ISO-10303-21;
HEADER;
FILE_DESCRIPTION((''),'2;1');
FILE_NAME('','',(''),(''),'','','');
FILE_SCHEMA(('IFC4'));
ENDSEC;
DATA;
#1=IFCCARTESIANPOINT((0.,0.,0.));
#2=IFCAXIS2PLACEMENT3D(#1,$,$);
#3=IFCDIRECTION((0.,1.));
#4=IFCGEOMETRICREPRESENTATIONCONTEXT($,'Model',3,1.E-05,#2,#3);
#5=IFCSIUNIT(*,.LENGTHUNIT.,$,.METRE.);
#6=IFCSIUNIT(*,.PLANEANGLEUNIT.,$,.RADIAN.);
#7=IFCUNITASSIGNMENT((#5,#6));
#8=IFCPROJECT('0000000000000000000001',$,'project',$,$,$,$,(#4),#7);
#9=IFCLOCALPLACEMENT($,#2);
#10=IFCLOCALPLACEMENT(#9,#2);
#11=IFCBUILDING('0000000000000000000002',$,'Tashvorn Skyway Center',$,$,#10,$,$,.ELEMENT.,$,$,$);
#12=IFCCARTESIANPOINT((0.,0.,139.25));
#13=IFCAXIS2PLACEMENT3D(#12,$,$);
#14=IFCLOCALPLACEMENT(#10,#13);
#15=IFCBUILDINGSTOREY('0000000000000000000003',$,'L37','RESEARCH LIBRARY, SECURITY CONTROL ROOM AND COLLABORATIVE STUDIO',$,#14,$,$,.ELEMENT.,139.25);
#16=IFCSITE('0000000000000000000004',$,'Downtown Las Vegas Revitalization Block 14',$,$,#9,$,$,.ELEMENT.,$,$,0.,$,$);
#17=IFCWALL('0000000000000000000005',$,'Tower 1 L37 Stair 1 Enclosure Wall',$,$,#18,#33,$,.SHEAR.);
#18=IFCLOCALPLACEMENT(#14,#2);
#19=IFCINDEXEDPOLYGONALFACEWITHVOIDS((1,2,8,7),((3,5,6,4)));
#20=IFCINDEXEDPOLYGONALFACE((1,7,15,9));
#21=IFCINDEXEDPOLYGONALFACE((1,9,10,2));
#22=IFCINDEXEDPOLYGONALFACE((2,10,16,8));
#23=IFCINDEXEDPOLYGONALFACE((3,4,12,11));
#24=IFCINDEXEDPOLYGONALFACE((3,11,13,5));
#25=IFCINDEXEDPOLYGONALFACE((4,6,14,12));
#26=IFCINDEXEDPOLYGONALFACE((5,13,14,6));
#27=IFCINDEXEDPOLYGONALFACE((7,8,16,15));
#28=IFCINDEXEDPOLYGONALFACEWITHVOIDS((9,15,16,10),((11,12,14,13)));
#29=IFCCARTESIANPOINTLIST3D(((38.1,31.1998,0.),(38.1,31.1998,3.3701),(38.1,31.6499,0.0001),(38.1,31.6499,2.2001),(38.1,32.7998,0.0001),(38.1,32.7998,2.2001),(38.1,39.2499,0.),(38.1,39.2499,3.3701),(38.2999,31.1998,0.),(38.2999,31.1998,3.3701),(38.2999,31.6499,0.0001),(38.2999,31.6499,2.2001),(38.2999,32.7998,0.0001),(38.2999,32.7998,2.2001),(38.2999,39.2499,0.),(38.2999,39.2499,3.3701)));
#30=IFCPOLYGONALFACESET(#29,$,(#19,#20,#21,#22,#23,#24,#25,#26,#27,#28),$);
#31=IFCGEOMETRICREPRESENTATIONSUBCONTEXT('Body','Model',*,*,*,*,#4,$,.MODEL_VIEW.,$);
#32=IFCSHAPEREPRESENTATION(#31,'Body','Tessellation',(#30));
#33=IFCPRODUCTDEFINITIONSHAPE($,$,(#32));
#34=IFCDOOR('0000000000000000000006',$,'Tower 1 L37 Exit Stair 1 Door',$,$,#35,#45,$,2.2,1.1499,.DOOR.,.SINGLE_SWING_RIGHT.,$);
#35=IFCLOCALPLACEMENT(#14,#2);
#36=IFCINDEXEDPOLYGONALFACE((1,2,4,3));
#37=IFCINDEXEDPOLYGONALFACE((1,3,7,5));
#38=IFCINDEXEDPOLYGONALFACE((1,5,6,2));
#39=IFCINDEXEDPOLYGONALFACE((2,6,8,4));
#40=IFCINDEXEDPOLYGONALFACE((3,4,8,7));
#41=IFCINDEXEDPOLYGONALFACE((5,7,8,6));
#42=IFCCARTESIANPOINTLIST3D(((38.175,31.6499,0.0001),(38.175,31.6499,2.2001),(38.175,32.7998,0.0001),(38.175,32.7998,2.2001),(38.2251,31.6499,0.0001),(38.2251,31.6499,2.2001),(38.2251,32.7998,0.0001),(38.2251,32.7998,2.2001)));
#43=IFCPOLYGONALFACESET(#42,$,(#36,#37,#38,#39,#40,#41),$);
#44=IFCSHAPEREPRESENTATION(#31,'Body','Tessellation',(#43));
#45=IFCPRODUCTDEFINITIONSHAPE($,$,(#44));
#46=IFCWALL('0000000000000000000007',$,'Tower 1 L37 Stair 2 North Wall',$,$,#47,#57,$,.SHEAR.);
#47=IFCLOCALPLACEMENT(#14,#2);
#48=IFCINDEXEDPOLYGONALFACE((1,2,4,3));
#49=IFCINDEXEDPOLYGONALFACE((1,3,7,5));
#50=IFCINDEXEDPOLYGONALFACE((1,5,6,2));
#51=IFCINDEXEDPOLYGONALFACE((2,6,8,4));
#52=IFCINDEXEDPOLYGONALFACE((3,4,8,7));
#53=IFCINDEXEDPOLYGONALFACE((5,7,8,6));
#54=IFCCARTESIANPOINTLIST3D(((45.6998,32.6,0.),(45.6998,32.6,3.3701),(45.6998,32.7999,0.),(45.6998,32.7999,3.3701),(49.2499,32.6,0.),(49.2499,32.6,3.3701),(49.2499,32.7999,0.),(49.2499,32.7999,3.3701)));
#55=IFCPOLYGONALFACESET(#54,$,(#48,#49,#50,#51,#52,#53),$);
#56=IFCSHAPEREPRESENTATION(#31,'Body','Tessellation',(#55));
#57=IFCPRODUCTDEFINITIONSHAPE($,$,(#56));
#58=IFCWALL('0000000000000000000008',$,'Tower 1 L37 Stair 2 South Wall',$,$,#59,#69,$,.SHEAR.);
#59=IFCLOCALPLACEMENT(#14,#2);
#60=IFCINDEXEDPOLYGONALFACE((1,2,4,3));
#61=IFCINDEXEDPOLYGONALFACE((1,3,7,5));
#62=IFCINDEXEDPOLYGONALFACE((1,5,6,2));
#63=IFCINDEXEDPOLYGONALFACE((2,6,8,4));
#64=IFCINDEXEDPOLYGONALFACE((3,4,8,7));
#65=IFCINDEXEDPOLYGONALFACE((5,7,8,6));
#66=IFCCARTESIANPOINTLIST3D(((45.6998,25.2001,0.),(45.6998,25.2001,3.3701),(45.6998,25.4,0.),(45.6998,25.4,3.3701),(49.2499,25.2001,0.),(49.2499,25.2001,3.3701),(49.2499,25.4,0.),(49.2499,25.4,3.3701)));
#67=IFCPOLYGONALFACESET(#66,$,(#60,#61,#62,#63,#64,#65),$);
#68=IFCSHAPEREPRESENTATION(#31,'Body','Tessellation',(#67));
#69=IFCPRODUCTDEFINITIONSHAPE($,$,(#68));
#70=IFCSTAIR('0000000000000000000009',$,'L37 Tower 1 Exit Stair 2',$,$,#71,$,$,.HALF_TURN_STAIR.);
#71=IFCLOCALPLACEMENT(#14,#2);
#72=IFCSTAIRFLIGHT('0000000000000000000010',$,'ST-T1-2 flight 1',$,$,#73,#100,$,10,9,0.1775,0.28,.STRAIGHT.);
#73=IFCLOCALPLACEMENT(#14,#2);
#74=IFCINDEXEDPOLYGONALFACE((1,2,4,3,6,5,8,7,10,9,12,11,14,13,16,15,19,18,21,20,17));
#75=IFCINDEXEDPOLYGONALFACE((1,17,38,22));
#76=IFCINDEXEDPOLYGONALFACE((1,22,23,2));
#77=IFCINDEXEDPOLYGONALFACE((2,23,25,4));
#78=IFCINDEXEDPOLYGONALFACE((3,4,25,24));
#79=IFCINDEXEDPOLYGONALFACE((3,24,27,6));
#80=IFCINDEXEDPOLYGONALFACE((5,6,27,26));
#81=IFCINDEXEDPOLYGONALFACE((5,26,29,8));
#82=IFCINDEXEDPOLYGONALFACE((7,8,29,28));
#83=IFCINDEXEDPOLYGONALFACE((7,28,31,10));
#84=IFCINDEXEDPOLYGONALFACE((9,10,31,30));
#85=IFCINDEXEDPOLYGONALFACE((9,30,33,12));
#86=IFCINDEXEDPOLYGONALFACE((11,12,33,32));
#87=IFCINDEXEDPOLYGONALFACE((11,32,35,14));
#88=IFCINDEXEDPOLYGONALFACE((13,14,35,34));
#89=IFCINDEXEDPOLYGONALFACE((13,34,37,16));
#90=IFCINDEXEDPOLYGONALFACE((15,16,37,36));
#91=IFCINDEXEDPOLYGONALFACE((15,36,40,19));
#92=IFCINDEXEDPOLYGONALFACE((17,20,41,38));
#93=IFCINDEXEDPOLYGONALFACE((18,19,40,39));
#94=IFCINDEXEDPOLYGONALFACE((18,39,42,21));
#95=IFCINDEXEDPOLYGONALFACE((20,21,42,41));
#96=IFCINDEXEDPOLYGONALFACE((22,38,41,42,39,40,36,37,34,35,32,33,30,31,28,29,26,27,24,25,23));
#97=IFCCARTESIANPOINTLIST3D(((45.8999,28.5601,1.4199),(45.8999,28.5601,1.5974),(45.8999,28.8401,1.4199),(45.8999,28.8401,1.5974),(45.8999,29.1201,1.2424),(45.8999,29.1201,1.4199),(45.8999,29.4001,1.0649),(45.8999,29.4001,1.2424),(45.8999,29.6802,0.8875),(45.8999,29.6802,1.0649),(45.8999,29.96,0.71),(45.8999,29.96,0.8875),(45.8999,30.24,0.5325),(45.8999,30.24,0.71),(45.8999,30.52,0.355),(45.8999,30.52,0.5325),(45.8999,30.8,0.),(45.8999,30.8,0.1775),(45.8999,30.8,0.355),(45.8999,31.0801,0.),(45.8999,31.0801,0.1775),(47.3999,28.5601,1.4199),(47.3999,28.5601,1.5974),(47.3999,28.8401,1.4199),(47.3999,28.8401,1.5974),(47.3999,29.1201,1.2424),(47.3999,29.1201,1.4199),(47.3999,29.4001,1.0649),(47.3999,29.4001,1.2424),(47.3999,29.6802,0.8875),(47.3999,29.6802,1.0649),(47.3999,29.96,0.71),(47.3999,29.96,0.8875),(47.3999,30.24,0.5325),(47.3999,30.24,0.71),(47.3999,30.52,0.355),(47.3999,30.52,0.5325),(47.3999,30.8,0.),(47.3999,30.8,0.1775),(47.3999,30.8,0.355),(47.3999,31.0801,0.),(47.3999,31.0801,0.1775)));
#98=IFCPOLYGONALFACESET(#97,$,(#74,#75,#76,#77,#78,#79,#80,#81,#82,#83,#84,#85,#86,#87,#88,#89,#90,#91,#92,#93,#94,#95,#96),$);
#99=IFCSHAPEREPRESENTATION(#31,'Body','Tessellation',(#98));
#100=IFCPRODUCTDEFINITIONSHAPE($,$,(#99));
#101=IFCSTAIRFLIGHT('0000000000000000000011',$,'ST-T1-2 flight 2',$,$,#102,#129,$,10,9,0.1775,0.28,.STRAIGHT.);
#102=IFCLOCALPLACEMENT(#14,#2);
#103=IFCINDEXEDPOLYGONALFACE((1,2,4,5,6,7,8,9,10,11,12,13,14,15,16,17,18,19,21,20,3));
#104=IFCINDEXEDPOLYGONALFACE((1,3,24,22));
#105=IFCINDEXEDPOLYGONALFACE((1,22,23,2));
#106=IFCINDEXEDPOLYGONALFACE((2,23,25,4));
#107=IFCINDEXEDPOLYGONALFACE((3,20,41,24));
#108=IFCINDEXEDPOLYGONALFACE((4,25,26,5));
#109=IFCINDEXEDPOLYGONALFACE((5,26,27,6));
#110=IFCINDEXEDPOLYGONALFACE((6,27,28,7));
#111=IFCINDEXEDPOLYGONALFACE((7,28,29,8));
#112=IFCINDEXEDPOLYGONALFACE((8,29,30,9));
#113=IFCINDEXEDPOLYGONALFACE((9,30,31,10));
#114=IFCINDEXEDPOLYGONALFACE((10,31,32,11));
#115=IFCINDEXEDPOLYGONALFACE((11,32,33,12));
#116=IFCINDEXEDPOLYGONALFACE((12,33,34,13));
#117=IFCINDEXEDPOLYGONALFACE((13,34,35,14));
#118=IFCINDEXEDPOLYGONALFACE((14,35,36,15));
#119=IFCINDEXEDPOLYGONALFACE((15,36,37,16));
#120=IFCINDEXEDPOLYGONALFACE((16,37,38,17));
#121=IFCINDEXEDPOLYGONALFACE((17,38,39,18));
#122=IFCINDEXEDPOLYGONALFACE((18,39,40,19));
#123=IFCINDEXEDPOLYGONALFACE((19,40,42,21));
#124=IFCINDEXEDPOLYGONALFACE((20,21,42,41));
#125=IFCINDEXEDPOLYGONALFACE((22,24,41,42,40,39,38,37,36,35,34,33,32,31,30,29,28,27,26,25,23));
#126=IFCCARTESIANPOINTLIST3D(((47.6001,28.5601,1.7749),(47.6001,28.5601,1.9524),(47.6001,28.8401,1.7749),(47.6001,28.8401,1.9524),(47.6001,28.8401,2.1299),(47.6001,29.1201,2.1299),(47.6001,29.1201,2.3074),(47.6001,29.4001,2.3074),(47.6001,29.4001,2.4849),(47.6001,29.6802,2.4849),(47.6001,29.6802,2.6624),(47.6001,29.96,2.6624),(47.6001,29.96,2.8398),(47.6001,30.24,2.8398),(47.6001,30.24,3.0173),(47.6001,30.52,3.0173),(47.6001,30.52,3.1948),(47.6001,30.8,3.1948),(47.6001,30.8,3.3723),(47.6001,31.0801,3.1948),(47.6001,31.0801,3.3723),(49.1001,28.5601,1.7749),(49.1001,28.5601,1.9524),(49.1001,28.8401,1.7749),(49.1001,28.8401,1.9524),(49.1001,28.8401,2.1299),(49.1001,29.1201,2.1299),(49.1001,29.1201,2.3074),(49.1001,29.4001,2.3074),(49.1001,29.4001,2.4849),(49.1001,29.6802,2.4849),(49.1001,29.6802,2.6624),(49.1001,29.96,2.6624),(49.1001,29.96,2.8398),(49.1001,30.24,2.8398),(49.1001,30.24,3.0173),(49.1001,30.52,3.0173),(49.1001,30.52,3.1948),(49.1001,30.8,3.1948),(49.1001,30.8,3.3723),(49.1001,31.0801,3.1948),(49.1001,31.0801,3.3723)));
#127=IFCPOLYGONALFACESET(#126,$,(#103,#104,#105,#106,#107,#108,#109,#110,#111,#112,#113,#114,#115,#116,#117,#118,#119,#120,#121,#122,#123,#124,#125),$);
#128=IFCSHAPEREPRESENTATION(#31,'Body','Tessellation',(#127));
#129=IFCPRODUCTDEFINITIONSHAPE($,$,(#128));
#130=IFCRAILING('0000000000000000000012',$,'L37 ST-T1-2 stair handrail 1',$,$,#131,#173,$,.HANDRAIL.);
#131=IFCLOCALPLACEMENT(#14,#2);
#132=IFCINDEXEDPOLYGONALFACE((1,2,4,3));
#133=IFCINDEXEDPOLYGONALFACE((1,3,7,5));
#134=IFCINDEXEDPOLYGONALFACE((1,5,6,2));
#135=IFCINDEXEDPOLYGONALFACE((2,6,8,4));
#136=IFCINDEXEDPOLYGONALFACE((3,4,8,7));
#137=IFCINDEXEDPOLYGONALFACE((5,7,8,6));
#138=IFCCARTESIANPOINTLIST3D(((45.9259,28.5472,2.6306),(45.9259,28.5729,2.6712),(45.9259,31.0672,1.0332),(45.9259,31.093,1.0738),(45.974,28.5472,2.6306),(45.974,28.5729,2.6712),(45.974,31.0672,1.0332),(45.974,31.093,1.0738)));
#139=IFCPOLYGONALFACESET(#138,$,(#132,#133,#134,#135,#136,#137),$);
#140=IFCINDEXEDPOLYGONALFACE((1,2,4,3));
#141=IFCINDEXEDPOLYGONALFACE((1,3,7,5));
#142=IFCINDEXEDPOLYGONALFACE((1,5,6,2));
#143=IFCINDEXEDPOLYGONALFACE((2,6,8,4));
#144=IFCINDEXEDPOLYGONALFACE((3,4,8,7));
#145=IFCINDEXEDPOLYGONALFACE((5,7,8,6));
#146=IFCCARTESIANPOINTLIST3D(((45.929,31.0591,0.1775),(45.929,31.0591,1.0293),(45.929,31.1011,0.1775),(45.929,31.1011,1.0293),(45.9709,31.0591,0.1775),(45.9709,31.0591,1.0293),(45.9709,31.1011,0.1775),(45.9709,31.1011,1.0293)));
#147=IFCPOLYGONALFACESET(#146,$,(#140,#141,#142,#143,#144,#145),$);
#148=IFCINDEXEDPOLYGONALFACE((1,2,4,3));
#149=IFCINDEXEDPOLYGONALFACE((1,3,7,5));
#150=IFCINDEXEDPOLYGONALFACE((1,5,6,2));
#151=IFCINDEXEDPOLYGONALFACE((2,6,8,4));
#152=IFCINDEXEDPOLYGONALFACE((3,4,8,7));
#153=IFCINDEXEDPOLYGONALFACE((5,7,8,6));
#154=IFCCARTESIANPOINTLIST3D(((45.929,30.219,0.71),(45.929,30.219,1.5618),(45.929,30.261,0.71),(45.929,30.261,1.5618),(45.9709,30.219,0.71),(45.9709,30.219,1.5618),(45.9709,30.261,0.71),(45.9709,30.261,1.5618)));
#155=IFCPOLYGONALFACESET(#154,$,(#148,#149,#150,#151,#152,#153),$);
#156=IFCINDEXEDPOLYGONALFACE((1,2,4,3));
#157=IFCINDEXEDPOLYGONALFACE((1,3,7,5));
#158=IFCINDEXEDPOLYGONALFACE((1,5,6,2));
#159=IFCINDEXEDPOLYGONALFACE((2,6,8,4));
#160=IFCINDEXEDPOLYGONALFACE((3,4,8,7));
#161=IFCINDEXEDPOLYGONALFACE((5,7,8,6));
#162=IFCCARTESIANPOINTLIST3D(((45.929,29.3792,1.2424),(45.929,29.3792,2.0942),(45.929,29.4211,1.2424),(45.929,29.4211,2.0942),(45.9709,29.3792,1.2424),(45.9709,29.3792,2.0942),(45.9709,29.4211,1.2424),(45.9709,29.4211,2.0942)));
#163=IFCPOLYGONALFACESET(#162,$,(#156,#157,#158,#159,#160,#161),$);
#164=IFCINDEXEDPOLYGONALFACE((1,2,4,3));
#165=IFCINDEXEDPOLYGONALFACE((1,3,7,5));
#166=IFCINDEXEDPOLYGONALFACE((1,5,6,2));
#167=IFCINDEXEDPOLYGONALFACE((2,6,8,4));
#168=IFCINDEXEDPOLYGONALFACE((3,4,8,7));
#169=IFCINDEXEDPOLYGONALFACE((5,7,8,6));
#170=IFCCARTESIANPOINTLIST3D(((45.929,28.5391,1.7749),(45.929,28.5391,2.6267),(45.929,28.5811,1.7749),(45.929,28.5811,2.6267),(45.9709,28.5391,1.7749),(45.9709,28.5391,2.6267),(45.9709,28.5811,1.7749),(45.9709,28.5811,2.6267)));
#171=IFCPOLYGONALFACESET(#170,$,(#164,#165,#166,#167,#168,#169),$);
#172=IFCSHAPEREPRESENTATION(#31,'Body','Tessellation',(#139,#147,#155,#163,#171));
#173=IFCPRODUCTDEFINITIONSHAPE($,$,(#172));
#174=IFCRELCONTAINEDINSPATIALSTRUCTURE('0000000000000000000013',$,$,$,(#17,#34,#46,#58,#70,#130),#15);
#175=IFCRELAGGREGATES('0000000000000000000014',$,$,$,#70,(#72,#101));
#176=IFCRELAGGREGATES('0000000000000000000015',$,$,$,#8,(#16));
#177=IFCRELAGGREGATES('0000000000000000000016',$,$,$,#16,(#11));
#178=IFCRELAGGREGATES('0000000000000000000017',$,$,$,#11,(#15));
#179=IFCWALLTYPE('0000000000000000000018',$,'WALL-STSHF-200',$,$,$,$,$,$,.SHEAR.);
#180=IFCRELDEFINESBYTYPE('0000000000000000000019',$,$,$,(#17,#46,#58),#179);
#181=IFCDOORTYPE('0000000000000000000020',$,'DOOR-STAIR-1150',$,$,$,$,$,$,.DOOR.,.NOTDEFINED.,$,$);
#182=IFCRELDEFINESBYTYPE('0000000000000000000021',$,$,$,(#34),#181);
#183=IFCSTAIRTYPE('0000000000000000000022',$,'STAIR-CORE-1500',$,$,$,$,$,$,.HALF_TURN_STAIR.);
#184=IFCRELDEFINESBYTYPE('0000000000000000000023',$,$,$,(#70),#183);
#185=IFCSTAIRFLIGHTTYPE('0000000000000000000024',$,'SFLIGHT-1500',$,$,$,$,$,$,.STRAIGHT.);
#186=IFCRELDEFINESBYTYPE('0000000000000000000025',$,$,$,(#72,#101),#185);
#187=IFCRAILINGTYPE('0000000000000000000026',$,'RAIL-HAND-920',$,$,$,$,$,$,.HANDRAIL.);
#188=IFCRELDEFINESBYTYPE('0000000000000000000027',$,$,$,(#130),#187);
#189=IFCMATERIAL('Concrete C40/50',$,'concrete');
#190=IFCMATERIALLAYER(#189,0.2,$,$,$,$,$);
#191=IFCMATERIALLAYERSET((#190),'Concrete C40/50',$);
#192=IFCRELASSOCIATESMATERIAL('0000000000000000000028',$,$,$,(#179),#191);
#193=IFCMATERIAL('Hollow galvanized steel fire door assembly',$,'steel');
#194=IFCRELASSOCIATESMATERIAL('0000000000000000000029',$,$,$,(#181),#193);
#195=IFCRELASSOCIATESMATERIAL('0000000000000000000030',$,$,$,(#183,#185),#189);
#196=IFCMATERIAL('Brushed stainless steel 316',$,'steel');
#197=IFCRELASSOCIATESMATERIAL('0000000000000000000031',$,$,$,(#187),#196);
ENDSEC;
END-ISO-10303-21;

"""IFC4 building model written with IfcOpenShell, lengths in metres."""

from ifc_helpers import new_model, si_unit, direction, frame, frame_2d, origin, origin_2d, place, context, subcontext, project, spatial, polyline, rectangle, outline, extrude, material, layer, layer_set, type_object, element, fill, aggregate, save


model = new_model("IFC4")

# Units and contexts
model_context = context("Model", 3, precision=1e-05, world=origin(), true_north=direction((0.0, 1.0)))
body_context = subcontext(model_context, "Body", "Model", "MODEL_VIEW")
ifc_project = project(units=[si_unit("LENGTHUNIT", "METRE"), si_unit("PLANEANGLEUNIT", "RADIAN")], contexts=[model_context])

# Site, building, storey
site_placement = place(None, origin())
site = spatial("IfcSite", under=ifc_project, at=site_placement, Name="Downtown Las Vegas Revitalization Block 14", CompositionType="ELEMENT", RefElevation=0.0)
building_placement = place(site_placement, origin())
building = spatial("IfcBuilding", under=site, at=building_placement, Name="Tashvorn Skyway Center", CompositionType="ELEMENT")
storey_placement = place(building_placement, frame((0.0, 0.0, 139.25)))
storey = spatial("IfcBuildingStorey", under=building, at=storey_placement, Name="L37", Description="RESEARCH LIBRARY, SECURITY CONTROL ROOM AND COLLABORATIVE STUDIO", CompositionType="ELEMENT", Elevation=139.25)

# Shared definitions
ifc_material_1 = material(Name="Concrete C40/50", Category="concrete")
ifc_material_2 = material(Name="Hollow galvanized steel fire door assembly", Category="steel")

# Wall, opening, door
ifc_layer_1 = layer(ifc_material_1, 0.2)
ifc_layer_set_1 = layer_set([ifc_layer_1], Name="Concrete C40/50")
wall_type_1 = type_object("IfcWallType", Name="WALL-STSHF-200", PredefinedType="SHEAR", material=ifc_layer_set_1)
wall_1_placement = place(storey_placement, frame((38.2, 31.2, 0.0), z_axis=(0.0, 0.0, 1.0), x_axis=(0.0, 1.0, 0.0)))
wall_1 = element("IfcWall", 1, at=wall_1_placement, inside=storey, type_object=wall_type_1, Name="Tower 1 L37 Stair 1 Enclosure Wall", PredefinedType="SHEAR", context=body_context, shape_type="SweptSolid", body=[
    extrude(rectangle(XDim=8.05, YDim=0.2, at=frame_2d((4.0249, 0.0))), origin(), (0.0, 0.0, 1.0), 3.3701),
])
opening_1_placement = place(wall_1_placement, frame((0.45, 0.0, 0.0)))
opening_1 = element("IfcOpeningElement", 2, at=opening_1_placement, cuts=wall_1, PredefinedType="OPENING", context=body_context, shape_type="SweptSolid", body=[
    extrude(rectangle(XDim=1.1499, YDim=2.2, at=frame_2d((0.575, 1.1001))), frame((0.0, 0.1099, 0.0), z_axis=(0.0, -1.0, 0.0), x_axis=(1.0, 0.0, 0.0)), (0.0, 0.0, 1.0), 0.22),
])
door_type_1 = type_object("IfcDoorType", Name="DOOR-STAIR-1150", OperationType="NOTDEFINED", PredefinedType="DOOR", material=ifc_material_2)
door_1_placement = place(opening_1_placement, origin())
door_1 = element("IfcDoor", 3, at=door_1_placement, inside=storey, type_object=door_type_1, Name="Tower 1 L37 Exit Stair 1 Door", OperationType="SINGLE_SWING_RIGHT", OverallHeight=2.2, OverallWidth=1.1499, PredefinedType="DOOR", context=body_context, shape_type="SweptSolid", body=[
    extrude(rectangle(XDim=1.1499, YDim=2.2, at=frame_2d((0.575, 1.1001))), frame((0.0, 0.0249, 0.0), z_axis=(0.0, -1.0, 0.0), x_axis=(1.0, 0.0, 0.0)), (0.0, 0.0, 1.0), 0.05),
])
fill(opening_1, door_1)

# Walls
for number, where, z_axis, x_axis, name in (
    (4, (45.7, 32.7, 0.0), (0.0, 0.0, 1.0), (1.0, 0.0, 0.0), "Tower 1 L37 Stair 2 North Wall"),
    (5, (45.7, 25.3, 0.0), (0.0, 0.0, 1.0), (1.0, 0.0, 0.0), "Tower 1 L37 Stair 2 South Wall"),
):
    element("IfcWall", number, at=place(storey_placement, frame(where, z_axis=z_axis, x_axis=x_axis)), inside=storey, type_object=wall_type_1, Name=name, PredefinedType="SHEAR", context=body_context, shape_type="SweptSolid", body=[
        extrude(rectangle(XDim=3.55, YDim=0.2, at=frame_2d((1.7749, 0.0))), origin(), (0.0, 0.0, 1.0), 3.3701),
    ])

# Stair, stair flights
stair_type = type_object("IfcStairType", Name="STAIR-CORE-1500", PredefinedType="HALF_TURN_STAIR", material=ifc_material_1)
stair_placement = place(storey_placement, origin())
stair = element("IfcStair", 6, at=stair_placement, inside=storey, type_object=stair_type, Name="L37 Tower 1 Exit Stair 2", PredefinedType="HALF_TURN_STAIR")
stair_flight_type = type_object("IfcStairFlightType", Name="SFLIGHT-1500", PredefinedType="STRAIGHT", material=ifc_material_1)
stair_flight_1_placement = place(storey_placement, frame((46.6499, 31.0801, 0.0), z_axis=(0.0, 0.0, 1.0), x_axis=(0.0, -1.0, 0.0)))
stair_flight_1 = element("IfcStairFlight", 7, at=stair_flight_1_placement, type_object=stair_flight_type, Name="ST-T1-2 flight 1", NumberOfRisers=10, NumberOfTreads=9, PredefinedType="STRAIGHT", RiserHeight=0.1775, TreadLength=0.28, context=body_context, shape_type="SweptSolid", body=[
    extrude(outline(polyline([(0.0, 0.0), (0.0, 0.1775), (0.28, 0.1775), (0.28, 0.355), (0.5601, 0.355), (0.5601, 0.5325), (0.8401, 0.5325), (0.8401, 0.71), (1.1201, 0.71), (1.1201, 0.8875), (1.3999, 0.8875), (1.3999, 1.0649), (1.6799, 1.0649), (1.6799, 1.2424), (1.96, 1.2424), (1.96, 1.4199), (2.24, 1.4199), (2.24, 1.5974), (2.52, 1.5974), (2.52, 1.7749), (2.52, 1.4199), (0.28, 0.0), (0.0, 0.0)])), frame((0.0, 0.75, 0.0), z_axis=(0.0, -1.0, 0.0), x_axis=(1.0, 0.0, 0.0)), (0.0, 0.0, 1.0), 1.5),
])
stair_flight_2_placement = place(storey_placement, frame((48.3501, 28.5601, 1.7749), z_axis=(0.0, 0.0, 1.0), x_axis=(0.0, 1.0, 0.0)))
stair_flight_2 = element("IfcStairFlight", 8, at=stair_flight_2_placement, type_object=stair_flight_type, Name="ST-T1-2 flight 2", NumberOfRisers=10, NumberOfTreads=9, PredefinedType="STRAIGHT", RiserHeight=0.1775, TreadLength=0.28, context=body_context, shape_type="SweptSolid", body=[
    extrude(outline(polyline([(0.0, 0.0), (0.0, 0.1775), (0.28, 0.1775), (0.28, 0.355), (0.5601, 0.355), (0.5601, 0.5325), (0.8401, 0.5325), (0.8401, 0.71), (1.1201, 0.71), (1.1201, 0.8875), (1.3999, 0.8875), (1.3999, 1.0649), (1.6799, 1.0649), (1.6799, 1.2424), (1.96, 1.2424), (1.96, 1.4199), (2.24, 1.4199), (2.24, 1.5974), (2.52, 1.5974), (2.52, 1.7749), (2.52, 1.4199), (0.28, 0.0), (0.0, 0.0)])), frame((0.0, 0.75, 0.0), z_axis=(0.0, -1.0, 0.0), x_axis=(1.0, 0.0, 0.0)), (0.0, 0.0, 1.0), 1.5),
])
aggregate(stair, [stair_flight_1, stair_flight_2])

# Railing
ifc_material_3 = material(Name="Brushed stainless steel 316", Category="steel")
railing_type_1 = type_object("IfcRailingType", Name="RAIL-HAND-920", PredefinedType="HANDRAIL", material=ifc_material_3)
railing_1_placement = place(storey_placement, frame((45.95, 31.0801, 0.1775)))
element("IfcRailing", 9, at=railing_1_placement, inside=storey, type_object=railing_type_1, Name="L37 ST-T1-2 stair handrail 1", PredefinedType="HANDRAIL", context=body_context, shape_type="SweptSolid", body=[
    extrude(rectangle(XDim=0.0481, YDim=0.0481, at=origin_2d()), frame((0.0, 0.0, 0.876), z_axis=(0.0, -0.844607, 0.535387), x_axis=(1.0, 0.0, 0.0)), (0.0, 0.0, 1.0), 2.9836),
    extrude(rectangle(XDim=0.042, YDim=0.042, at=origin_2d()), origin(), (0.0, 0.0, 1.0), 0.8518),
    extrude(rectangle(XDim=0.042, YDim=0.042, at=origin_2d()), frame((0.0, -0.8401, 0.5325)), (0.0, 0.0, 1.0), 0.8518),
    extrude(rectangle(XDim=0.042, YDim=0.042, at=origin_2d()), frame((0.0, -1.6799, 1.0649)), (0.0, 0.0, 1.0), 0.8518),
    extrude(rectangle(XDim=0.042, YDim=0.042, at=origin_2d()), frame((0.0, -2.52, 1.5974)), (0.0, 0.0, 1.0), 0.8518),
])

save(model, "model.ifc")
